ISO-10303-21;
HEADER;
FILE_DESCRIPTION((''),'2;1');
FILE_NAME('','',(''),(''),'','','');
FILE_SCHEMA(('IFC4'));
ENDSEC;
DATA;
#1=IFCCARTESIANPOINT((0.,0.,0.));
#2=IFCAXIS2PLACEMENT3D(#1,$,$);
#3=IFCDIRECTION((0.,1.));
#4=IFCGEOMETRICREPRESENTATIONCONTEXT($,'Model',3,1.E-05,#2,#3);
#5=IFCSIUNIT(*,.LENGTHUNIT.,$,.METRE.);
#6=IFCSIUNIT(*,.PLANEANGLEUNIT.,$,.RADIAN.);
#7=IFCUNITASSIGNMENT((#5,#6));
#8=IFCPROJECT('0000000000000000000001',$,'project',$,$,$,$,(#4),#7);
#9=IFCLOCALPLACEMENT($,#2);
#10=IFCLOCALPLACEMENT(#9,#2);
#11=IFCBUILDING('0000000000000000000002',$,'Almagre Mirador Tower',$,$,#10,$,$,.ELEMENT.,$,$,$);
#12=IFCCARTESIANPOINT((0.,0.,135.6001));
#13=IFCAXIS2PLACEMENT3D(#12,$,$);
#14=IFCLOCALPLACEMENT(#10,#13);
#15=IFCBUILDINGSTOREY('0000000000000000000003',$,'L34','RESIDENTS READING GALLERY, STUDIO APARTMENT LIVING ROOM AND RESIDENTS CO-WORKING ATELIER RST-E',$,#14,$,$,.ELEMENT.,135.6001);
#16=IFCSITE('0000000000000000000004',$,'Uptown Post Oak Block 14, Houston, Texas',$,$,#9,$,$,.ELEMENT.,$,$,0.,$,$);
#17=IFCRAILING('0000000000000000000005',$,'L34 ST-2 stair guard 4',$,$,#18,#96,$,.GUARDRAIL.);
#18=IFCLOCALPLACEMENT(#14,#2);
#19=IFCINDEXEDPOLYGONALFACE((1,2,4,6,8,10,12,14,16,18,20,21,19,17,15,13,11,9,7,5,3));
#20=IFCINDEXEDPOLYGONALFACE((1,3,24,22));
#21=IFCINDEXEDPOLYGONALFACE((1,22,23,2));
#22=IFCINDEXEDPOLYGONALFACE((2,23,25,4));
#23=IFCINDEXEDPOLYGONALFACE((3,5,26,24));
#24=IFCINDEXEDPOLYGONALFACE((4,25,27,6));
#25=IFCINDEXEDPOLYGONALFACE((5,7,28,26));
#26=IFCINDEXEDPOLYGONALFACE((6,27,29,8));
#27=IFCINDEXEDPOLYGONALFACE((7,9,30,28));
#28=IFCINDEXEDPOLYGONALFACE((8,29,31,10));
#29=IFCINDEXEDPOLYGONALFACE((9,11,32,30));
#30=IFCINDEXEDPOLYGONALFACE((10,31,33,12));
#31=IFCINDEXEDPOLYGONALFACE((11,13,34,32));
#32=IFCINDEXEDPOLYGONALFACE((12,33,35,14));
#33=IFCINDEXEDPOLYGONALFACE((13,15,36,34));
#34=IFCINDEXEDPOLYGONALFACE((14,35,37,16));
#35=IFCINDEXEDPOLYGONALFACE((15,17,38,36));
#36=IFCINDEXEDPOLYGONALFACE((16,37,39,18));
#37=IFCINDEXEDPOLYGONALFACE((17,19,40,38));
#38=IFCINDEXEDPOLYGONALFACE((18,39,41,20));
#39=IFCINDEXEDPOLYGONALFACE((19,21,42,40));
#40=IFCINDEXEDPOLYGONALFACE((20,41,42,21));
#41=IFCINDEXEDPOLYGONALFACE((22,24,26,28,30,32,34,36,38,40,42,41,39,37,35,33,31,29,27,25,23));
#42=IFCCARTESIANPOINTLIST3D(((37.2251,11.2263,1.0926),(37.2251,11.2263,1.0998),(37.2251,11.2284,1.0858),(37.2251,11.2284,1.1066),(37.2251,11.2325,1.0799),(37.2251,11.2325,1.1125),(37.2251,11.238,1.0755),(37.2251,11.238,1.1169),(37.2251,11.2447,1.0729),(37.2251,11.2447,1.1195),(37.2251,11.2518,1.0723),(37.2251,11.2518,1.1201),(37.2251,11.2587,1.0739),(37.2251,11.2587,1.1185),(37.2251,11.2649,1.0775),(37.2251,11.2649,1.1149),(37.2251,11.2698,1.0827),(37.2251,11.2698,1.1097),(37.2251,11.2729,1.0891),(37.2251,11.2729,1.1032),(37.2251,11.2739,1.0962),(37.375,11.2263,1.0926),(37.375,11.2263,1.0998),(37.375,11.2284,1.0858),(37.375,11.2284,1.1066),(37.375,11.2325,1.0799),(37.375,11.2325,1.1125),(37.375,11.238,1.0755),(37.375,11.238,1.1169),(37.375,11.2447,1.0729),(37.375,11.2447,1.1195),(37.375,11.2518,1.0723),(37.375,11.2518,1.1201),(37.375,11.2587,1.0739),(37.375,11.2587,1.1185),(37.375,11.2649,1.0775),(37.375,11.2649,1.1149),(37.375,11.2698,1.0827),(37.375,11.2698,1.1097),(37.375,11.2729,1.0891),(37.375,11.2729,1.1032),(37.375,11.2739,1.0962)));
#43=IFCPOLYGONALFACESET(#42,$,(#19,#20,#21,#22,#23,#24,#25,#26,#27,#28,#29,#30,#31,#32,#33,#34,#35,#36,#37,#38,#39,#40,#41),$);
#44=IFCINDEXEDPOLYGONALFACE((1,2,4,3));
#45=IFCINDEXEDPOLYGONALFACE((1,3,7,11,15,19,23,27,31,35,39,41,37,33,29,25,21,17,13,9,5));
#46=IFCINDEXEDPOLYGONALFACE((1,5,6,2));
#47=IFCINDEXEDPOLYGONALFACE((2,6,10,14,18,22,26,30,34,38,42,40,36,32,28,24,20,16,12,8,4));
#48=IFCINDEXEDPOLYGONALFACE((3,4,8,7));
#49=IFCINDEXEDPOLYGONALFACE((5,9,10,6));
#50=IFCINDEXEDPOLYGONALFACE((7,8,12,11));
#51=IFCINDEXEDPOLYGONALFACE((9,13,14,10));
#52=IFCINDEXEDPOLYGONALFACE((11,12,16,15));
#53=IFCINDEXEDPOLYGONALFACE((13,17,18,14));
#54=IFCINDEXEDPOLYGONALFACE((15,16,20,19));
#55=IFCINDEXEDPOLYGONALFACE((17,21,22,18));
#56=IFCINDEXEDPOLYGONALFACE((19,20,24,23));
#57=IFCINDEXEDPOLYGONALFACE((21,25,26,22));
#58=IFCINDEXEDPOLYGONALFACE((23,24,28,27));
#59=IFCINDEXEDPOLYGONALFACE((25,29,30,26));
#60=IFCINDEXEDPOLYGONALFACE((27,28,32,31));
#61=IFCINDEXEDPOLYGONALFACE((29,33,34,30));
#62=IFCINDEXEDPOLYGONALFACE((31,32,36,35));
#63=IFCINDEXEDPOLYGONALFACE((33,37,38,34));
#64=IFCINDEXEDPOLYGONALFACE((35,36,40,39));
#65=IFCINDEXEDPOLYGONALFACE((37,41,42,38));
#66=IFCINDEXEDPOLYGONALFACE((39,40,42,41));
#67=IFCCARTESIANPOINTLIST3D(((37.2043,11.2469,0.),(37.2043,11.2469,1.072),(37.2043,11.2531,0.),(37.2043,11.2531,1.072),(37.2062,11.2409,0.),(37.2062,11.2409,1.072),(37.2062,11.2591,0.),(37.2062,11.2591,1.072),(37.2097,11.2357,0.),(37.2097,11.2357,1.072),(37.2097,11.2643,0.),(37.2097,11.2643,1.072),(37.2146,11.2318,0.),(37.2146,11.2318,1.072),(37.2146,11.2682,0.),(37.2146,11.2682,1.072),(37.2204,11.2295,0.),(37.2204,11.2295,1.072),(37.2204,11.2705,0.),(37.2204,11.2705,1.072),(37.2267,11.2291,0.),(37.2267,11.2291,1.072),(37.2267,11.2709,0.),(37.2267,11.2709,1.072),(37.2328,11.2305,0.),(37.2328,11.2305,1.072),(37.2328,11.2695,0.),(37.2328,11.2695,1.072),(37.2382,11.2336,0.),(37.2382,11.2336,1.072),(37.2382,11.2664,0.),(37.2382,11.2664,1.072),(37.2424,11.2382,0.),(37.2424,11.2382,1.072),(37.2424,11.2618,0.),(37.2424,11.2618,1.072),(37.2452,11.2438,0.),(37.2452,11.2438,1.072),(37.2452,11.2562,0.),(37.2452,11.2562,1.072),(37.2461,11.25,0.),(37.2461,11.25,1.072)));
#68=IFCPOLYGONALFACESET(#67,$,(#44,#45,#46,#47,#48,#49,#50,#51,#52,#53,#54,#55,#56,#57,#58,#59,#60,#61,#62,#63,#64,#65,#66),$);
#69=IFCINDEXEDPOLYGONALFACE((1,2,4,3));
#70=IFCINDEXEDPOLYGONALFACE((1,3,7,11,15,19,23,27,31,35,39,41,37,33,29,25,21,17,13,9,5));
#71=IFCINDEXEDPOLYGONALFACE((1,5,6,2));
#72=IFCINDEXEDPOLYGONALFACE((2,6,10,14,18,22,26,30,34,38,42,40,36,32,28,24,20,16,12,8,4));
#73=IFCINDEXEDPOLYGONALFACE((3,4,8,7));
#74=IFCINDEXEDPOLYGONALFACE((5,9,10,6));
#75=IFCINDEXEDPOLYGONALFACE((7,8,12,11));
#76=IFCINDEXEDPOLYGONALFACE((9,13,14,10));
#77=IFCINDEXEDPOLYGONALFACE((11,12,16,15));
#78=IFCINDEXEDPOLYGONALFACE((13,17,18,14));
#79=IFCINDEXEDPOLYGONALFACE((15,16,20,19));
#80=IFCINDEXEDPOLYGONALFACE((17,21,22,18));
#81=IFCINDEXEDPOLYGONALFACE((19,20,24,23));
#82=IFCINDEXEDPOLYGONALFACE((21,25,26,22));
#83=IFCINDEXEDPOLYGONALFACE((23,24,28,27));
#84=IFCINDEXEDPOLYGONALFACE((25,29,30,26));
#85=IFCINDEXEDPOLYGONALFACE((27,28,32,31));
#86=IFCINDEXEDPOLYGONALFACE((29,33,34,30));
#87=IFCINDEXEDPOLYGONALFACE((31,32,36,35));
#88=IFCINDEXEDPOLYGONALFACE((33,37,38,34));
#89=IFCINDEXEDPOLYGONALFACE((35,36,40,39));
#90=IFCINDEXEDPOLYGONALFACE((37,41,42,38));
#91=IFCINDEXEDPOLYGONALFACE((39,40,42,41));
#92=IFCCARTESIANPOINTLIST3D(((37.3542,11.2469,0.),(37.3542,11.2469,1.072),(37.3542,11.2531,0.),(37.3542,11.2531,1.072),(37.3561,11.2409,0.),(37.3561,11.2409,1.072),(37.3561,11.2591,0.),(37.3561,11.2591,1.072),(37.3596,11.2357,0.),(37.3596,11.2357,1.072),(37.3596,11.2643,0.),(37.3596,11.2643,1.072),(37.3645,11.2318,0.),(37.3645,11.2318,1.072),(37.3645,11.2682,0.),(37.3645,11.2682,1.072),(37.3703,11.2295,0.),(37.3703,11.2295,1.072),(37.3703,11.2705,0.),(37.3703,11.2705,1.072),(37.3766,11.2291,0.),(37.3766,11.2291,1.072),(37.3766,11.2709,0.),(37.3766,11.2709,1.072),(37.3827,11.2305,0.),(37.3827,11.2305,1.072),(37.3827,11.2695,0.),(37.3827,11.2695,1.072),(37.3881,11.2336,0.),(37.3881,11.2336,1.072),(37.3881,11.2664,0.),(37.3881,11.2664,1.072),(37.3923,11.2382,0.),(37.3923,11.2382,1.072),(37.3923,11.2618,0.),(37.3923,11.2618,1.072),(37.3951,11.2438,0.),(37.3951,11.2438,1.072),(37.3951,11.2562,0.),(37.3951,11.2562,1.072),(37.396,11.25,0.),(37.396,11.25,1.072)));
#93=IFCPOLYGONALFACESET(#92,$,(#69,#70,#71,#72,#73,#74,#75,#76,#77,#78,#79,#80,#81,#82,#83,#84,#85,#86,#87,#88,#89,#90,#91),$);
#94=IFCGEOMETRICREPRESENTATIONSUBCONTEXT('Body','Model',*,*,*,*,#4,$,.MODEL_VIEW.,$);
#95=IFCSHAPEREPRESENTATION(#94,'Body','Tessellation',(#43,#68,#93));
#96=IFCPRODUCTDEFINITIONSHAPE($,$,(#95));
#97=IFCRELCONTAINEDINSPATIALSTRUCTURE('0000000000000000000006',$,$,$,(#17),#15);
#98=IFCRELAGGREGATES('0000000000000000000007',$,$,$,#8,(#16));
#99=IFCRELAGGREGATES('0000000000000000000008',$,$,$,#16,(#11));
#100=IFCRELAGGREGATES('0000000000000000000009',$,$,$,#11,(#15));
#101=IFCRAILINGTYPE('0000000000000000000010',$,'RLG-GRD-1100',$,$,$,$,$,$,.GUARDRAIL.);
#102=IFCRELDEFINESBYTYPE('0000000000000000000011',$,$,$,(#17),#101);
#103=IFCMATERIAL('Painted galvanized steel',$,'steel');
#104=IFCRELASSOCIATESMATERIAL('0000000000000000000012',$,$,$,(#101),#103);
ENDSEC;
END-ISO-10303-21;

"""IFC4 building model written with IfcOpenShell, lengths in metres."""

from ifc_helpers import new_model, si_unit, direction, frame, origin, origin_2d, place, context, subcontext, project, spatial, circle, extrude, material, type_object, element, save


model = new_model("IFC4")

# Units and contexts
model_context = context("Model", 3, precision=1e-05, world=origin(), true_north=direction((0.0, 1.0)))
body_context = subcontext(model_context, "Body", "Model", "MODEL_VIEW")
ifc_project = project(units=[si_unit("LENGTHUNIT", "METRE"), si_unit("PLANEANGLEUNIT", "RADIAN")], contexts=[model_context])

# Site, building, storey
site_placement = place(None, origin())
site = spatial("IfcSite", under=ifc_project, at=site_placement, Name="Uptown Post Oak Block 14, Houston, Texas", CompositionType="ELEMENT", RefElevation=0.0)
building_placement = place(site_placement, origin())
building = spatial("IfcBuilding", under=site, at=building_placement, Name="Almagre Mirador Tower", CompositionType="ELEMENT")
storey_placement = place(building_placement, frame((0.0, 0.0, 135.6001)))
storey = spatial("IfcBuildingStorey", under=building, at=storey_placement, Name="L34", Description="RESIDENTS READING GALLERY, STUDIO APARTMENT LIVING ROOM AND RESIDENTS CO-WORKING ATELIER RST-E", CompositionType="ELEMENT", Elevation=135.6001)

# Railing
ifc_material_1 = material(Name="Painted galvanized steel", Category="steel")
railing_type_1 = type_object("IfcRailingType", Name="RLG-GRD-1100", PredefinedType="GUARDRAIL", material=ifc_material_1)
railing_1_placement = place(storey_placement, frame((37.2251, 11.25, 0.0)))
element("IfcRailing", 1, at=railing_1_placement, inside=storey, type_object=railing_type_1, Name="L34 ST-2 stair guard 4", PredefinedType="GUARDRAIL", context=body_context, shape_type="SweptSolid", body=[
    extrude(circle(Radius=0.0239, at=origin_2d()), frame((0.0, 0.0, 1.0962), z_axis=(1.0, 0.0, 0.0), x_axis=(0.0, 1.0, 0.0)), (0.0, 0.0, 1.0), 0.1499),
    extrude(circle(Radius=0.021, at=origin_2d()), origin(), (0.0, 0.0, 1.0), 1.072),
    extrude(circle(Radius=0.021, at=origin_2d()), frame((0.1499, 0.0, 0.0)), (0.0, 0.0, 1.0), 1.072),
])

save(model, "model.ifc")
